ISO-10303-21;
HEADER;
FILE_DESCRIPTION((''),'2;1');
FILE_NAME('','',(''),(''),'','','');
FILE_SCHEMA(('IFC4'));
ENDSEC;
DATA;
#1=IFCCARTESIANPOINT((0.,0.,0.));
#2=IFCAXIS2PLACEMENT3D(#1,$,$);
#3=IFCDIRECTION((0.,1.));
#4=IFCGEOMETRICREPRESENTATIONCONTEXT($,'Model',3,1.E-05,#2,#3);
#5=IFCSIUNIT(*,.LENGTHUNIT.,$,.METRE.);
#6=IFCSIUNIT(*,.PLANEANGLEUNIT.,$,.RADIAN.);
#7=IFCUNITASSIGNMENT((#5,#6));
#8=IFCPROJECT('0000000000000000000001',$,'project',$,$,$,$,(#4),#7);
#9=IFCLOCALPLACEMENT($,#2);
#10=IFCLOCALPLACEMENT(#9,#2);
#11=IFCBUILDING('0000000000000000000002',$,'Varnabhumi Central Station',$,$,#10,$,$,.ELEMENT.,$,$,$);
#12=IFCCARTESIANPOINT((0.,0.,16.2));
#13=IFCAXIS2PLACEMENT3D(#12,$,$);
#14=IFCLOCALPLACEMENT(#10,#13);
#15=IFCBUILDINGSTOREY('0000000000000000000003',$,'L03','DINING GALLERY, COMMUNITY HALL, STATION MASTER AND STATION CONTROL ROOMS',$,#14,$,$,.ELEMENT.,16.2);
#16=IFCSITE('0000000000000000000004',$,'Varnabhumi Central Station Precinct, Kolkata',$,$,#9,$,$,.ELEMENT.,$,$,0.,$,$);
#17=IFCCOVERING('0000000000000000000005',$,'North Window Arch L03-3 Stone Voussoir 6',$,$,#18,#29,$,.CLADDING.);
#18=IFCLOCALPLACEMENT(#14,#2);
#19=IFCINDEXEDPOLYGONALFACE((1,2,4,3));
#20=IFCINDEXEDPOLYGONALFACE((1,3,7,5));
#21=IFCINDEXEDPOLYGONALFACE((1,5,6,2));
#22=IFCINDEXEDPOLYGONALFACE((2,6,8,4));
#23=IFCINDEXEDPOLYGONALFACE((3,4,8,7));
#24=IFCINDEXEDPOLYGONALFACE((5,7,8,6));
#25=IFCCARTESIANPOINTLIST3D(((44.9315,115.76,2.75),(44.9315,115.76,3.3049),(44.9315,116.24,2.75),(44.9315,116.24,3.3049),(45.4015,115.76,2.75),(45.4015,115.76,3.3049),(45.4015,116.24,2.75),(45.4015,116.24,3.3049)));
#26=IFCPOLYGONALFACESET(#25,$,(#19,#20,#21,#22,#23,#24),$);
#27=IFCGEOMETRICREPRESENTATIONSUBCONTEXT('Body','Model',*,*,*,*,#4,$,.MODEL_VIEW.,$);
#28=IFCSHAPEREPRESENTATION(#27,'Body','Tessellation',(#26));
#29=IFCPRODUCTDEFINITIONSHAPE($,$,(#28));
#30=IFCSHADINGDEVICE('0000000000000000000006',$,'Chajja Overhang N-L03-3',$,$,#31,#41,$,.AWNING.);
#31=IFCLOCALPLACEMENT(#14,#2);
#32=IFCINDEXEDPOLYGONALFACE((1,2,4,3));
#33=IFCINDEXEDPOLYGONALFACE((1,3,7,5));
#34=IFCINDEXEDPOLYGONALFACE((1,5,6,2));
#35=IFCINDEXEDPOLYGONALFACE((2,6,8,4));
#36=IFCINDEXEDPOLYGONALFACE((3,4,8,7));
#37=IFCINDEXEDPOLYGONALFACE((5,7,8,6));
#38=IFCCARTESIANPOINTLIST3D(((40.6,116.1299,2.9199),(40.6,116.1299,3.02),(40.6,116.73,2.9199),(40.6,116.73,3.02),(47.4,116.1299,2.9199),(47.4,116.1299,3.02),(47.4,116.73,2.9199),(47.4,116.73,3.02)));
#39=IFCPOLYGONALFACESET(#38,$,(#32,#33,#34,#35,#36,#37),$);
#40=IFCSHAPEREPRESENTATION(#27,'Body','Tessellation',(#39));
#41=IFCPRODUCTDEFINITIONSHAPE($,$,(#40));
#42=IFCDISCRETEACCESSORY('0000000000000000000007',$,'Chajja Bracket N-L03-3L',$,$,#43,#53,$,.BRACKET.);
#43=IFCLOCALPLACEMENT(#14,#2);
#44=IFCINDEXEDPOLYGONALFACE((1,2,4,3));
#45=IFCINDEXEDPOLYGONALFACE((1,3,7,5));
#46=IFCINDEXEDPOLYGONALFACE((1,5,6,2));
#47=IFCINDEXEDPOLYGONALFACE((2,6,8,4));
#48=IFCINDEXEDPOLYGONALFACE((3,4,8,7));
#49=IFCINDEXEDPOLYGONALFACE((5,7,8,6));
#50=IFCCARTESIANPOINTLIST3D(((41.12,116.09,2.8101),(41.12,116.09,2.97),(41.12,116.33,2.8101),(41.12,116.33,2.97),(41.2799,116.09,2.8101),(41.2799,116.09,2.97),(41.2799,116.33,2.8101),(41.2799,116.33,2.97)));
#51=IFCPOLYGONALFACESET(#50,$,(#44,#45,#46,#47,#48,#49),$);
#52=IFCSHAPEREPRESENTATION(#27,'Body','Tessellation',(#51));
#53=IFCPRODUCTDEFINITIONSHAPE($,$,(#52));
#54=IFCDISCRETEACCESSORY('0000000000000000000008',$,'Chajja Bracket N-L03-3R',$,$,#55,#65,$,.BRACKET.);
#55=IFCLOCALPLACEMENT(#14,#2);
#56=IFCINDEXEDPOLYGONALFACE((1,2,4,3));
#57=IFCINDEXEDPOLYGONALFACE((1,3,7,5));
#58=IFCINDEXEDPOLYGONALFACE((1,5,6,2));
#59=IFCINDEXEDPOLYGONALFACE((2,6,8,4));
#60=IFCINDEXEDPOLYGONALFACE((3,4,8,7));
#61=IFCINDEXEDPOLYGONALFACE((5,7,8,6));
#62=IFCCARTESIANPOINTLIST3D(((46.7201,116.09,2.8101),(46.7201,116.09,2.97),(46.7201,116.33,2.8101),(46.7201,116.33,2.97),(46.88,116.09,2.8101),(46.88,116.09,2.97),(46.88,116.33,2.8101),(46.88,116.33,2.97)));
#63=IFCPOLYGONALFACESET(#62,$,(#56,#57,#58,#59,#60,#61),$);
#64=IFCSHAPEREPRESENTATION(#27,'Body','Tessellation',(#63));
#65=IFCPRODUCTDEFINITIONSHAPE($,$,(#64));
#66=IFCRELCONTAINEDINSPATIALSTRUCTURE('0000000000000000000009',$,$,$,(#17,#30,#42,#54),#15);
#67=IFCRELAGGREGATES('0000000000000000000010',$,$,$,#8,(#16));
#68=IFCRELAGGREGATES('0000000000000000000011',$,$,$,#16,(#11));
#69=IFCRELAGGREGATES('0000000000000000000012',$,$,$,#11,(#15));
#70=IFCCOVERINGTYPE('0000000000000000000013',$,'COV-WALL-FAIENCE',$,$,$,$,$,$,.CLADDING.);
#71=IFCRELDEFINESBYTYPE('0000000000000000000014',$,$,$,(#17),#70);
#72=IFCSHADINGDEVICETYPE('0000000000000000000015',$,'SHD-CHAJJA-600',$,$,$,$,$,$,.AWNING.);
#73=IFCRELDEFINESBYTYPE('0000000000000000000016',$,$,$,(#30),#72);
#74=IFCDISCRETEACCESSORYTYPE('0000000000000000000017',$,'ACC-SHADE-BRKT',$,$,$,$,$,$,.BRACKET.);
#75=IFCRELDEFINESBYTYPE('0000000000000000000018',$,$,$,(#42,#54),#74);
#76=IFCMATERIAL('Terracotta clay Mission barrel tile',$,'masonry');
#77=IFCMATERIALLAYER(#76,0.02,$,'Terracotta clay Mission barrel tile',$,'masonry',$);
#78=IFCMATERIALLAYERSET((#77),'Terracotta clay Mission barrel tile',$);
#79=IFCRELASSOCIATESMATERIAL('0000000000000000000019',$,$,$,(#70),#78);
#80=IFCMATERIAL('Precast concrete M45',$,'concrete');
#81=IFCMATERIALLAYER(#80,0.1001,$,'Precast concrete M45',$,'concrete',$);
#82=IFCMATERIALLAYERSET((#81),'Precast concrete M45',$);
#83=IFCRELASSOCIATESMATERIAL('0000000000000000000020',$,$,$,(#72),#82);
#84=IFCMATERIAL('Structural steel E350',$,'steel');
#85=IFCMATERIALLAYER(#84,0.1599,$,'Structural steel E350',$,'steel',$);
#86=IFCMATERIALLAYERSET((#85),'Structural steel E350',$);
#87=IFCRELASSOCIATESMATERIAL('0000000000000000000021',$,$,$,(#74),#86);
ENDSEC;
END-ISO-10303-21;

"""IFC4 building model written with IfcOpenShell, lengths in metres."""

from ifc_helpers import new_model, si_unit, direction, frame, origin, origin_2d, place, context, subcontext, project, spatial, rectangle, extrude, material, layer, layer_set, type_object, element, save


model = new_model("IFC4")

# Units and contexts
model_context = context("Model", 3, precision=1e-05, world=origin(), true_north=direction((0.0, 1.0)))
body_context = subcontext(model_context, "Body", "Model", "MODEL_VIEW")
ifc_project = project(units=[si_unit("LENGTHUNIT", "METRE"), si_unit("PLANEANGLEUNIT", "RADIAN")], contexts=[model_context])

# Site, building, storey
site_placement = place(None, origin())
site = spatial("IfcSite", under=ifc_project, at=site_placement, Name="Varnabhumi Central Station Precinct, Kolkata", CompositionType="ELEMENT", RefElevation=0.0)
building_placement = place(site_placement, origin())
building = spatial("IfcBuilding", under=site, at=building_placement, Name="Varnabhumi Central Station", CompositionType="ELEMENT")
storey_placement = place(building_placement, frame((0.0, 0.0, 16.2)))
storey = spatial("IfcBuildingStorey", under=building, at=storey_placement, Name="L03", Description="DINING GALLERY, COMMUNITY HALL, STATION MASTER AND STATION CONTROL ROOMS", CompositionType="ELEMENT", Elevation=16.2)

# Shared definitions
ifc_material_1 = material(Name="Structural steel E350", Category="steel")

# Shared definitions
ifc_material_2 = material(Name="Precast concrete M45", Category="concrete")

# Covering
ifc_material_3 = material(Name="Terracotta clay Mission barrel tile", Category="masonry")
ifc_layer_1 = layer(ifc_material_3, 0.02, Name="Terracotta clay Mission barrel tile", Category="masonry")
ifc_layer_set_1 = layer_set([ifc_layer_1], Name="Terracotta clay Mission barrel tile")
covering_type = type_object("IfcCoveringType", Name="COV-WALL-FAIENCE", PredefinedType="CLADDING", material=ifc_layer_set_1)
covering_1_placement = place(storey_placement, frame((45.1665, 116.0, 2.75), z_axis=(0.0, 0.0, 1.0), x_axis=(1.0, 0.0, 0.0)))
element("IfcCovering", 1, at=covering_1_placement, inside=storey, type_object=covering_type, Name="North Window Arch L03-3 Stone Voussoir 6", PredefinedType="CLADDING", context=body_context, shape_type="SweptSolid", body=[
    extrude(rectangle(XDim=0.47, YDim=0.48, at=origin_2d()), origin(), (0.0, 0.0, 1.0), 0.5549),
])

# Shading device
ifc_layer_2 = layer(ifc_material_2, 0.1001, Name="Precast concrete M45", Category="concrete")
ifc_layer_set_2 = layer_set([ifc_layer_2], Name="Precast concrete M45")
shading_device_type = type_object("IfcShadingDeviceType", Name="SHD-CHAJJA-600", PredefinedType="AWNING", material=ifc_layer_set_2)
shading_device_placement = place(storey_placement, frame((44.0, 116.4299, 2.9199), z_axis=(0.0, 0.0, 1.0), x_axis=(1.0, 0.0, 0.0)))
element("IfcShadingDevice", 2, at=shading_device_placement, inside=storey, type_object=shading_device_type, Name="Chajja Overhang N-L03-3", PredefinedType="AWNING", context=body_context, shape_type="SweptSolid", body=[
    extrude(rectangle(XDim=6.8, YDim=0.6001, at=origin_2d()), origin(), (0.0, 0.0, 1.0), 0.1001),
])

# Discrete accessories
ifc_layer_3 = layer(ifc_material_1, 0.1599, Name="Structural steel E350", Category="steel")
ifc_layer_set_3 = layer_set([ifc_layer_3], Name="Structural steel E350")
discrete_accessory_type = type_object("IfcDiscreteAccessoryType", Name="ACC-SHADE-BRKT", PredefinedType="BRACKET", material=ifc_layer_set_3)
for number, where, z_axis, x_axis, name in (
    (3, (41.2, 116.21, 2.8101), (0.0, 0.0, 1.0), (1.0, 0.0, 0.0), "Chajja Bracket N-L03-3L"),
    (4, (46.8, 116.21, 2.8101), (0.0, 0.0, 1.0), (1.0, 0.0, 0.0), "Chajja Bracket N-L03-3R"),
):
    element("IfcDiscreteAccessory", number, at=place(storey_placement, frame(where, z_axis=z_axis, x_axis=x_axis)), inside=storey, type_object=discrete_accessory_type, Name=name, PredefinedType="BRACKET", context=body_context, shape_type="SweptSolid", body=[
        extrude(rectangle(XDim=0.1599, YDim=0.24, at=origin_2d()), origin(), (0.0, 0.0, 1.0), 0.1599),
    ])

save(model, "model.ifc")
